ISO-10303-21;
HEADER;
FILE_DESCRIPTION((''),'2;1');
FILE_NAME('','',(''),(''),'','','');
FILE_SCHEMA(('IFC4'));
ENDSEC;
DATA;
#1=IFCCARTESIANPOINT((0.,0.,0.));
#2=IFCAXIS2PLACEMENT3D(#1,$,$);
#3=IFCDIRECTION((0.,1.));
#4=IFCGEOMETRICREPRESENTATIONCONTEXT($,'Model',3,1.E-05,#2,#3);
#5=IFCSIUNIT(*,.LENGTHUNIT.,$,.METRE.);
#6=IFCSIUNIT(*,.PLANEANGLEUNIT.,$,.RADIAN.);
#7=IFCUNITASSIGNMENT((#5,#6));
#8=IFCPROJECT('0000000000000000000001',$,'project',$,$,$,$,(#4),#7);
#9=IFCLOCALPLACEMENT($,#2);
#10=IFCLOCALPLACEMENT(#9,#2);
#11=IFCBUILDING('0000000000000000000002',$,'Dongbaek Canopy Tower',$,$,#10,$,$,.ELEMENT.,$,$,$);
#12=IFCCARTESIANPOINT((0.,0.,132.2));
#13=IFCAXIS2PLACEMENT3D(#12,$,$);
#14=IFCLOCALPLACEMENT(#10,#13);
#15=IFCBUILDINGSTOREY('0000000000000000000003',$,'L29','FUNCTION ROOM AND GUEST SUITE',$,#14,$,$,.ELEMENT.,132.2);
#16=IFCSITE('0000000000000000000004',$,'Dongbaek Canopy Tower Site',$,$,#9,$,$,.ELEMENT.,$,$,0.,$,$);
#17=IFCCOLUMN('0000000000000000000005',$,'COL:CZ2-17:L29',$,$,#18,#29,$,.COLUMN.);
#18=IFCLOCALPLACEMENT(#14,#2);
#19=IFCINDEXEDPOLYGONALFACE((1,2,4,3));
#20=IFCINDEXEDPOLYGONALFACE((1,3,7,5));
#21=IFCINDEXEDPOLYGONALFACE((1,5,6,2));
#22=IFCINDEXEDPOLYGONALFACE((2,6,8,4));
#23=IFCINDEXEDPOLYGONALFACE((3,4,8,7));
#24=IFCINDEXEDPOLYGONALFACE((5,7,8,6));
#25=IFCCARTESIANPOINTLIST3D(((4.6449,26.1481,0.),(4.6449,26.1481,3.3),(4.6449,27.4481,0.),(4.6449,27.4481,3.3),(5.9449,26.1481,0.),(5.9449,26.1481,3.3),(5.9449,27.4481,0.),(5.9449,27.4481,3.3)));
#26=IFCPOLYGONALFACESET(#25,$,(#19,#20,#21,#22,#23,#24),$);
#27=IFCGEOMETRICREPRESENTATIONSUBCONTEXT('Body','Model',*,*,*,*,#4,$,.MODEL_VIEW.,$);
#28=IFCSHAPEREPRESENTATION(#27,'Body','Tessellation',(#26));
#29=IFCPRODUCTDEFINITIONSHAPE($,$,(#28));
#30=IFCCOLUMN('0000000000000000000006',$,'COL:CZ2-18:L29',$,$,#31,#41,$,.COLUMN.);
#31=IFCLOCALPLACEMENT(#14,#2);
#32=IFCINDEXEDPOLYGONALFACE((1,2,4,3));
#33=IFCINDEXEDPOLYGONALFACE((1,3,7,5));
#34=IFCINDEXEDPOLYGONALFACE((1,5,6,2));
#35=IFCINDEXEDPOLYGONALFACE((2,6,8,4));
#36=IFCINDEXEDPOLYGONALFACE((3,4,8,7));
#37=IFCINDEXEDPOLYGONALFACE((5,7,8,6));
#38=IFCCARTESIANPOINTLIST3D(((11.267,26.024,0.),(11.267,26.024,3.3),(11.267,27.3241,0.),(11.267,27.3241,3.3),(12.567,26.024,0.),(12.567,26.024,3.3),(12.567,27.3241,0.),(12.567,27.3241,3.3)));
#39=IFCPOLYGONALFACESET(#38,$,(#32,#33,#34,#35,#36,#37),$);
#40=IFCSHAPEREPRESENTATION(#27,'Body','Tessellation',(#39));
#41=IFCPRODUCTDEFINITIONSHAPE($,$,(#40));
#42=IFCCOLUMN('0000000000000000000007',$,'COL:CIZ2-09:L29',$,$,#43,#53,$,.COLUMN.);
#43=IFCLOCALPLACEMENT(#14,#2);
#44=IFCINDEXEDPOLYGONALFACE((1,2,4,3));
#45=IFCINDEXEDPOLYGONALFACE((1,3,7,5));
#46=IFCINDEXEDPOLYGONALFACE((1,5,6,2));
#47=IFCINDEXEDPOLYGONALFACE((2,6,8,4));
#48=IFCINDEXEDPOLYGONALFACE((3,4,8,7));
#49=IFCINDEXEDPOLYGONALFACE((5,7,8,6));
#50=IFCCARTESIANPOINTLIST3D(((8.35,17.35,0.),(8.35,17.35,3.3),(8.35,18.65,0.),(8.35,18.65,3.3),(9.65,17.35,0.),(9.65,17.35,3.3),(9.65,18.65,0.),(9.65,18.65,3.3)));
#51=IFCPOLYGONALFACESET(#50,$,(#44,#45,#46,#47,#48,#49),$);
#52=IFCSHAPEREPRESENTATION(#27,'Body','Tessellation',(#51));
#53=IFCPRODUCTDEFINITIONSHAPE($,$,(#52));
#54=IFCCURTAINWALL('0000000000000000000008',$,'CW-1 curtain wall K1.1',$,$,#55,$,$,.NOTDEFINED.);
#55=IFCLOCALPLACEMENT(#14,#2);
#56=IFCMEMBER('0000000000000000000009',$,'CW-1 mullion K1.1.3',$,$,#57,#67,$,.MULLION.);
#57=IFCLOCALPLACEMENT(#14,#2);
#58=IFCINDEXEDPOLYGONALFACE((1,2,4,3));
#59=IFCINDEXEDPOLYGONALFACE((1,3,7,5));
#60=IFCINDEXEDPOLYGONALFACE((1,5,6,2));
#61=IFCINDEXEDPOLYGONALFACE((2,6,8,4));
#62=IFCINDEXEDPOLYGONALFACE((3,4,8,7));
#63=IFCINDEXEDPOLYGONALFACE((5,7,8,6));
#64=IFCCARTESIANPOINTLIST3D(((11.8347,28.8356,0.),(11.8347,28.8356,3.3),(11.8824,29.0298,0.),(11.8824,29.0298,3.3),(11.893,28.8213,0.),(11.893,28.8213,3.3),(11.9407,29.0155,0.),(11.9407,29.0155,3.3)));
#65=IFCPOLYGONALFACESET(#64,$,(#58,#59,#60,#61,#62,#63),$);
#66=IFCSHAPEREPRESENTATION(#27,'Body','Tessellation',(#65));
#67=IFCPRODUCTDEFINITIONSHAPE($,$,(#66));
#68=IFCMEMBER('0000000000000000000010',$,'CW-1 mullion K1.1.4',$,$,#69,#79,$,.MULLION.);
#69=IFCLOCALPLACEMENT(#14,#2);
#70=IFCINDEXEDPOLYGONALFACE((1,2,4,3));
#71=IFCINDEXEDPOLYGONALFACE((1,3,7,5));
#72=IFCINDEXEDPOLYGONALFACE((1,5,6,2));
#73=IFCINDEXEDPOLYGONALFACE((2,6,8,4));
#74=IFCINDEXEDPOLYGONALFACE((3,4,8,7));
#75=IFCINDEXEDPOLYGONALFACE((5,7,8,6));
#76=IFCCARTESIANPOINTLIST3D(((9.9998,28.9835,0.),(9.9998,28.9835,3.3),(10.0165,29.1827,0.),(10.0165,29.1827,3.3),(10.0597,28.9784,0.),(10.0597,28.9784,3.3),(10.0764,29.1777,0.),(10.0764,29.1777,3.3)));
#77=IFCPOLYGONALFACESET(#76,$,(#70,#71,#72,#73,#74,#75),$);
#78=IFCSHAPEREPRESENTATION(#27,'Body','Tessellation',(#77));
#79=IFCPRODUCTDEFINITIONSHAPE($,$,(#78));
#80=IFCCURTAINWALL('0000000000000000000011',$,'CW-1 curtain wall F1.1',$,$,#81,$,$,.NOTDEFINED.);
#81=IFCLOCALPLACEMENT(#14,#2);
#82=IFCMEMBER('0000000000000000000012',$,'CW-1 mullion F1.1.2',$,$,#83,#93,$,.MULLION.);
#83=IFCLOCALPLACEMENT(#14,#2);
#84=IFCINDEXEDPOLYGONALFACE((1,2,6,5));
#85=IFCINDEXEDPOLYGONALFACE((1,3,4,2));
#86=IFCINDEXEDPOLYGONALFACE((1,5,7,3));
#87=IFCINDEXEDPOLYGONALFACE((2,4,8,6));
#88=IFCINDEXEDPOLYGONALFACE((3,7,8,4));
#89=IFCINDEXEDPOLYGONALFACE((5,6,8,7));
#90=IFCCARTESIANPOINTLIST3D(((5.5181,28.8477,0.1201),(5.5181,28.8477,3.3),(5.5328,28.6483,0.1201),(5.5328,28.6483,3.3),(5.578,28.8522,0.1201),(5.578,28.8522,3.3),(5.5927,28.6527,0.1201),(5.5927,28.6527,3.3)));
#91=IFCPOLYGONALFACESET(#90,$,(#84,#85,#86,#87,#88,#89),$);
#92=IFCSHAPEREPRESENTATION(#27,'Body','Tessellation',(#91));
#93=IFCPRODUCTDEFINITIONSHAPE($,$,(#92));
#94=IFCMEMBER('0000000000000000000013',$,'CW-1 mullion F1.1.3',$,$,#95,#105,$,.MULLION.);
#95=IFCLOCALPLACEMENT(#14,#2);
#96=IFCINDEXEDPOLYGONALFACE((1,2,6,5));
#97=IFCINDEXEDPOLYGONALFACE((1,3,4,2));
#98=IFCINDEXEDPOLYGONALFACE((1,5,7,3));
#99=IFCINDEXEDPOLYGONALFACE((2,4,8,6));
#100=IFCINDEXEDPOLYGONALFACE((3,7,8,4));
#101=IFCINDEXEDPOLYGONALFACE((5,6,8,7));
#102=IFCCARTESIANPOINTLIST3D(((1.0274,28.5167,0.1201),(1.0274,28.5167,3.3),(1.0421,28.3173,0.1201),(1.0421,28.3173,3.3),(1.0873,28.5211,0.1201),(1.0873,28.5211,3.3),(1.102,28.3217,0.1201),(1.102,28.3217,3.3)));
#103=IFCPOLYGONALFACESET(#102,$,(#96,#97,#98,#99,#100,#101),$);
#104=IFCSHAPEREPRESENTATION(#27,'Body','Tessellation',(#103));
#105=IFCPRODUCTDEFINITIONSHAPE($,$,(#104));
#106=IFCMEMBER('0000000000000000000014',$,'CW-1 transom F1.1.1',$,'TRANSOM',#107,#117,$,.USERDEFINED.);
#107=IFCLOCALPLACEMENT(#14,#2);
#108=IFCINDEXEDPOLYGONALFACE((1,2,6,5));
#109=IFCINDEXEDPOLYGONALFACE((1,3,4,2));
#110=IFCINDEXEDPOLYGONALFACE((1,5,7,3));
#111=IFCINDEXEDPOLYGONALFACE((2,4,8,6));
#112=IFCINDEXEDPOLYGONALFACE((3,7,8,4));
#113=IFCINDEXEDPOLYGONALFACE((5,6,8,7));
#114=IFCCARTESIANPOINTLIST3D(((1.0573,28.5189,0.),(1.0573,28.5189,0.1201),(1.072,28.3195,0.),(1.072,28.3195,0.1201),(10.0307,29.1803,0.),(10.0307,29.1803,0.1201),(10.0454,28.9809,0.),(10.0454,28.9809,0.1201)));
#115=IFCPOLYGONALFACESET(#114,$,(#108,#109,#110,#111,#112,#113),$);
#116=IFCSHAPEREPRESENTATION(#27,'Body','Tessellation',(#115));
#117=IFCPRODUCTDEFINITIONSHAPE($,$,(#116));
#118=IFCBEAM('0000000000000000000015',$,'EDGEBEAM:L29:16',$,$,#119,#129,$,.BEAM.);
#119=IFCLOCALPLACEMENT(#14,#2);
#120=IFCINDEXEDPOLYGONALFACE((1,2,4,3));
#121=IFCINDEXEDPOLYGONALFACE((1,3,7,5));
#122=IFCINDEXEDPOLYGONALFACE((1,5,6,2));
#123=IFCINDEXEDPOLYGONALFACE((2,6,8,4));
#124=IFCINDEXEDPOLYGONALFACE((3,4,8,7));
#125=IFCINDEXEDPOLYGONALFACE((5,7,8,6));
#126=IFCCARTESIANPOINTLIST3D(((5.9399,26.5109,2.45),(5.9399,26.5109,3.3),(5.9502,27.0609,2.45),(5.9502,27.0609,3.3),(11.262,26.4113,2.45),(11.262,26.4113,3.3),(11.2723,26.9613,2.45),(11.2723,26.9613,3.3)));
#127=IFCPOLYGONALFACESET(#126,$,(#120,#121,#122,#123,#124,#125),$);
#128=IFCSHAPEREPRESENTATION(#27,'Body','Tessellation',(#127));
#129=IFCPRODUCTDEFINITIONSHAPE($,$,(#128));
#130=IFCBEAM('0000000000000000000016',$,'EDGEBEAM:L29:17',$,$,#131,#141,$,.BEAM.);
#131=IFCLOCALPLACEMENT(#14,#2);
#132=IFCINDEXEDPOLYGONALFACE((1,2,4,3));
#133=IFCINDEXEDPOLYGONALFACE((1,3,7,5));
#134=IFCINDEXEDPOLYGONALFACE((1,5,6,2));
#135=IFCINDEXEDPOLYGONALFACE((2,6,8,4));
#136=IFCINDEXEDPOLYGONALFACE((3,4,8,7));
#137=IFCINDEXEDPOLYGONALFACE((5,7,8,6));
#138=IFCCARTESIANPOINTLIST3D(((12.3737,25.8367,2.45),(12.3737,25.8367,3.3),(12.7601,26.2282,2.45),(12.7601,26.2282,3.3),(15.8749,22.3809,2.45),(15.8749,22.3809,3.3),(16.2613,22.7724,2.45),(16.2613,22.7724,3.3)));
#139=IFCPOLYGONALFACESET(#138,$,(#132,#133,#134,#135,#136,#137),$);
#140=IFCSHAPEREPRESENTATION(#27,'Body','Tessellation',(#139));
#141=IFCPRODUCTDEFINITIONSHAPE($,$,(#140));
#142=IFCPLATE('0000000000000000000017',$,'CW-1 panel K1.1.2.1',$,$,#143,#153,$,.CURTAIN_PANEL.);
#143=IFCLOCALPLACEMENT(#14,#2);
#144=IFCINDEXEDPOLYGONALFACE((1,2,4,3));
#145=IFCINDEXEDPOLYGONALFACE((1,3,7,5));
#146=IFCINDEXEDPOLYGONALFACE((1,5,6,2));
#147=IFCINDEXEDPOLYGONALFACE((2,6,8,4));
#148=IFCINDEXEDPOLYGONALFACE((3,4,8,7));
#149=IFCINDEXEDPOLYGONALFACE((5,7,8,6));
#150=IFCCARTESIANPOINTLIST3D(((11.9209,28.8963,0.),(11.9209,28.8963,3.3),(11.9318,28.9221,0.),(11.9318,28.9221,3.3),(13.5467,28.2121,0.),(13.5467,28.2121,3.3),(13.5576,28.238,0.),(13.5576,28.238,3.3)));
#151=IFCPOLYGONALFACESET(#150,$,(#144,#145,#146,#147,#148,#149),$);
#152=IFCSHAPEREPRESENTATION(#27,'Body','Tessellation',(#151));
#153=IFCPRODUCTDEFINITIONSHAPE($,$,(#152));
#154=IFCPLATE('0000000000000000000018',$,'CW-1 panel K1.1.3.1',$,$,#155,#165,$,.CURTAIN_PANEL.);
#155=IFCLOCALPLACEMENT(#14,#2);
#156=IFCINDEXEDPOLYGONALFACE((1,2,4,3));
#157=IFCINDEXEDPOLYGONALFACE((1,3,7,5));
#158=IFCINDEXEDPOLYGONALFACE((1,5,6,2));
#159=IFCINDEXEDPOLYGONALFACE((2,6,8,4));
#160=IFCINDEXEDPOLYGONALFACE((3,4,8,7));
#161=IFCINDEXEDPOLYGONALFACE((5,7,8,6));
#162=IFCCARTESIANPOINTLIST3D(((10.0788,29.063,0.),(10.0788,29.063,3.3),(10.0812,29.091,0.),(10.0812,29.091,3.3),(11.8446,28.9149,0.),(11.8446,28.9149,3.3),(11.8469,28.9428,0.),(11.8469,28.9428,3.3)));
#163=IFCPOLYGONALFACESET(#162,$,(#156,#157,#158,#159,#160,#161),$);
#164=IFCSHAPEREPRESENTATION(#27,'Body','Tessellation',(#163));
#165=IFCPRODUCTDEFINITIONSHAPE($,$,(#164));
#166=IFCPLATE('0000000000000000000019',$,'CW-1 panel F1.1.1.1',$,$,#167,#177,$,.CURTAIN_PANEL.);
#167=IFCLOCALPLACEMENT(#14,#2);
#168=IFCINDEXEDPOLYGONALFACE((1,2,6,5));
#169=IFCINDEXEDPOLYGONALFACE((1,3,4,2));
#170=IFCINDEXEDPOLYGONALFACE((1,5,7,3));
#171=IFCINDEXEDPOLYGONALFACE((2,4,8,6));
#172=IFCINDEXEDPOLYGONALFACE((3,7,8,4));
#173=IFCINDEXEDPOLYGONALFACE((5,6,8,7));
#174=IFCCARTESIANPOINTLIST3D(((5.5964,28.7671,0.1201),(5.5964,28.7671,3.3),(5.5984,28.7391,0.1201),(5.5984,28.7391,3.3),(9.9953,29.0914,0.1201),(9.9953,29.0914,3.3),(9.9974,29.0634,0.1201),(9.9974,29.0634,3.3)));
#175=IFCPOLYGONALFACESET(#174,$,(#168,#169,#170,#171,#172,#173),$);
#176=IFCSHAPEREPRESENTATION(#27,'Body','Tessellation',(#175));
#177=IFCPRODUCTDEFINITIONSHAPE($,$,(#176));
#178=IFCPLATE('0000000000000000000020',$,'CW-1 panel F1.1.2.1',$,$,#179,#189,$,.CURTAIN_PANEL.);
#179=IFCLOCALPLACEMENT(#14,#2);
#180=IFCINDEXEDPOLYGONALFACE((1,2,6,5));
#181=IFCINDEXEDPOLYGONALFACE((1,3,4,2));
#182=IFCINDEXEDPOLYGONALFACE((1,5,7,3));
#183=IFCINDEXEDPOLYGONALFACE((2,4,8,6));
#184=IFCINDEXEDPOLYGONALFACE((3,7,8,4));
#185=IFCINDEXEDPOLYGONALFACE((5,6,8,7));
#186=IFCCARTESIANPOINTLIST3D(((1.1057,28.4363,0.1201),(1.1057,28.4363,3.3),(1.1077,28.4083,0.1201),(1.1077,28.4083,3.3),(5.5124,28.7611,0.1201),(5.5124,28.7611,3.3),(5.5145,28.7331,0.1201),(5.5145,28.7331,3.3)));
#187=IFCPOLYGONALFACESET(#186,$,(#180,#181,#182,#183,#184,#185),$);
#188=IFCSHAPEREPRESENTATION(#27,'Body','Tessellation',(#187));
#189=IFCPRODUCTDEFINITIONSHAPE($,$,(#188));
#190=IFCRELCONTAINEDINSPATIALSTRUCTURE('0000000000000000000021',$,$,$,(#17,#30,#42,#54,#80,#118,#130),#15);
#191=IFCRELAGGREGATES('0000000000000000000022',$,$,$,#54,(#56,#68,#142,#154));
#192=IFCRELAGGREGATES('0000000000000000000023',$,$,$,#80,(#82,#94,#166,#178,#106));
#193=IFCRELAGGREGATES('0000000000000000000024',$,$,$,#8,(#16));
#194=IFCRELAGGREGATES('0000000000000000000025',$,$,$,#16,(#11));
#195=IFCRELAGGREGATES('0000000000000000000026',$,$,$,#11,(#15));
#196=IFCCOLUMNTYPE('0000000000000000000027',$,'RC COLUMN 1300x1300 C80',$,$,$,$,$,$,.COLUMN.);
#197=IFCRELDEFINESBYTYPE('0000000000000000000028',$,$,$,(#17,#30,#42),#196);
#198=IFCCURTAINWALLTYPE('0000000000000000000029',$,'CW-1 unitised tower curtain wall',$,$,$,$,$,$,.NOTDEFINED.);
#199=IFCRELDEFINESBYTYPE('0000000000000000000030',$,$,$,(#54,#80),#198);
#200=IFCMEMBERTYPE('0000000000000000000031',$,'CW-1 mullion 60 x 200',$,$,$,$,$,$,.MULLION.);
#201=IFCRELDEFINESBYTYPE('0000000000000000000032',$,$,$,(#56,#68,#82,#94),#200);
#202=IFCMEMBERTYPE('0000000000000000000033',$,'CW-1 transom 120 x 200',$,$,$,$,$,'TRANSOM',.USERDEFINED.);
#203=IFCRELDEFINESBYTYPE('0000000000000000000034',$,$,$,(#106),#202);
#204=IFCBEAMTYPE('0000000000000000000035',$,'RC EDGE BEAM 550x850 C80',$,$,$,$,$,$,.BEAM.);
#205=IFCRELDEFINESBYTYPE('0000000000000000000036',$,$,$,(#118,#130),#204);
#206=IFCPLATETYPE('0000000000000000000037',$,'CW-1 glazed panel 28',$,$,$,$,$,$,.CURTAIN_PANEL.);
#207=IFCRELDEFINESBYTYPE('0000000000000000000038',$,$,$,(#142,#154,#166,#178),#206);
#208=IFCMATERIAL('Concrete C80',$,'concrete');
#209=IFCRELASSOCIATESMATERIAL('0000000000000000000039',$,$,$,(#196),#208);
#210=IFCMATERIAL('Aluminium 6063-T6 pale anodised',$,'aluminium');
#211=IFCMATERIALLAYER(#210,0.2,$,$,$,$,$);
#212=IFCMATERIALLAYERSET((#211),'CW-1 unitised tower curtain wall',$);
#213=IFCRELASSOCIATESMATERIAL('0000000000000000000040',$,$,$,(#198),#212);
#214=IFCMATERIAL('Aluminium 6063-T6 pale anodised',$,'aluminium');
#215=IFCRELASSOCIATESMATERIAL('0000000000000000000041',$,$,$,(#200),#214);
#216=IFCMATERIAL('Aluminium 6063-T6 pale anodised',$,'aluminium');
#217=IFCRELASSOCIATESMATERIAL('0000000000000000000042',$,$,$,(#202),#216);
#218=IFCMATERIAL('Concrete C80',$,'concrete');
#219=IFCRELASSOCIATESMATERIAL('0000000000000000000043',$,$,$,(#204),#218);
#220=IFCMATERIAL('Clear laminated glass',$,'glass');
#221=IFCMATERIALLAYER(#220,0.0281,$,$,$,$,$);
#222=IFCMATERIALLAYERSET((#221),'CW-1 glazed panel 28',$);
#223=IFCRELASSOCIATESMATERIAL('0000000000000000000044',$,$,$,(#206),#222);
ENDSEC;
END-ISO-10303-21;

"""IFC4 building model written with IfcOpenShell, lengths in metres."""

from ifc_helpers import new_model, si_unit, direction, frame, origin, origin_2d, place, context, subcontext, project, spatial, rectangle, extrude, material, layer, layer_set, material_profile, profile_set, type_object, element, aggregate, save


model = new_model("IFC4")

# Units and contexts
model_context = context("Model", 3, precision=1e-05, world=origin(), true_north=direction((0.0, 1.0)))
body_context = subcontext(model_context, "Body", "Model", "MODEL_VIEW")
ifc_project = project(units=[si_unit("LENGTHUNIT", "METRE"), si_unit("PLANEANGLEUNIT", "RADIAN")], contexts=[model_context])

# Site, building, storey
site_placement = place(None, origin())
site = spatial("IfcSite", under=ifc_project, at=site_placement, Name="Dongbaek Canopy Tower Site", CompositionType="ELEMENT", RefElevation=0.0)
building_placement = place(site_placement, origin())
building = spatial("IfcBuilding", under=site, at=building_placement, Name="Dongbaek Canopy Tower", CompositionType="ELEMENT")
storey_placement = place(building_placement, frame((0.0, 0.0, 132.2)))
storey = spatial("IfcBuildingStorey", under=building, at=storey_placement, Name="L29", Description="FUNCTION ROOM AND GUEST SUITE", CompositionType="ELEMENT", Elevation=132.2)

# Columns
ifc_material_1 = material(Name="Concrete C80", Category="concrete")
ifc_material_profile_1 = material_profile(ifc_material_1, rectangle(XDim=1.3, YDim=1.3, at=origin_2d()), Name="RC COLUMN 1300x1300 C80")
ifc_profile_set_1 = profile_set([ifc_material_profile_1], Name="Concrete C80")
column_type = type_object("IfcColumnType", Name="RC COLUMN 1300x1300 C80", PredefinedType="COLUMN", material=ifc_profile_set_1)
for number, where, z_axis, x_axis, name in (
    (1, (5.2949, 26.7981, 0.0), (0.0, 0.0, 1.0), (1.0, 0.0, 0.0), "COL:CZ2-17:L29"),
    (2, (11.917, 26.6741, 0.0), (0.0, 0.0, 1.0), (1.0, 0.0, 0.0), "COL:CZ2-18:L29"),
    (3, (9.0, 18.0, 0.0), (0.0, 0.0, 1.0), (1.0, 0.0, 0.0), "COL:CIZ2-09:L29"),
):
    element("IfcColumn", number, at=place(storey_placement, frame(where, z_axis=z_axis, x_axis=x_axis)), inside=storey, type_object=column_type, Name=name, PredefinedType="COLUMN", context=body_context, shape_type="SweptSolid", body=[
        extrude(rectangle(XDim=1.3, YDim=1.3, at=origin_2d()), origin(), (0.0, 0.0, 1.0), 3.3),
    ])

# Curtain walls, members
ifc_material_2 = material(Name="Aluminium 6063-T6 pale anodised", Category="aluminium")
ifc_layer_1 = layer(ifc_material_2, 0.2)
ifc_layer_set_1 = layer_set([ifc_layer_1], Name="CW-1 unitised tower curtain wall")
curtain_wall_type = type_object("IfcCurtainWallType", Name="CW-1 unitised tower curtain wall", PredefinedType="NOTDEFINED", material=ifc_layer_set_1)
curtain_wall_1_placement = place(storey_placement, origin())
curtain_wall_1 = element("IfcCurtainWall", 4, at=curtain_wall_1_placement, inside=storey, type_object=curtain_wall_type, Name="CW-1 curtain wall K1.1", PredefinedType="NOTDEFINED")
ifc_material_3 = material(Name="Aluminium 6063-T6 pale anodised", Category="aluminium")
ifc_material_profile_2 = material_profile(ifc_material_3, rectangle(XDim=0.2, YDim=0.0601, at=origin_2d()), Name="CW-1 mullion 60 x 200")
ifc_profile_set_2 = profile_set([ifc_material_profile_2], Name="Aluminium 6063-T6 pale anodised")
member_type_1 = type_object("IfcMemberType", Name="CW-1 mullion 60 x 200", PredefinedType="MULLION", material=ifc_profile_set_2)
member_1_placement = place(storey_placement, frame((11.8877, 28.9255, 0.0), z_axis=(0.0, 0.0, 1.0), x_axis=(0.238674, 0.9711, 0.0)))
member_1 = element("IfcMember", 5, at=member_1_placement, type_object=member_type_1, Name="CW-1 mullion K1.1.3", PredefinedType="MULLION", context=body_context, shape_type="SweptSolid", body=[
    extrude(rectangle(XDim=0.2, YDim=0.0601, at=origin_2d()), origin(), (0.0, 0.0, 1.0), 3.3),
])
member_2_placement = place(storey_placement, frame((10.0381, 29.0806, 0.0), z_axis=(0.0, 0.0, 1.0), x_axis=(0.08361, 0.996499, 0.0)))
member_2 = element("IfcMember", 6, at=member_2_placement, type_object=member_type_1, Name="CW-1 mullion K1.1.4", PredefinedType="MULLION", context=body_context, shape_type="SweptSolid", body=[
    extrude(rectangle(XDim=0.2, YDim=0.0601, at=origin_2d()), origin(), (0.0, 0.0, 1.0), 3.3),
])
curtain_wall_2_placement = place(storey_placement, origin())
curtain_wall_2 = element("IfcCurtainWall", 7, at=curtain_wall_2_placement, inside=storey, type_object=curtain_wall_type, Name="CW-1 curtain wall F1.1", PredefinedType="NOTDEFINED")
member_3_placement = place(storey_placement, frame((5.5554, 28.7502, 0.1201), z_axis=(0.0, 0.0, 1.0), x_axis=(-0.073519, 0.997294, 0.0)))
member_3 = element("IfcMember", 8, at=member_3_placement, type_object=member_type_1, Name="CW-1 mullion F1.1.2", PredefinedType="MULLION", context=body_context, shape_type="SweptSolid", body=[
    extrude(rectangle(XDim=0.2, YDim=0.0601, at=origin_2d()), origin(), (0.0, 0.0, 1.0), 3.1799),
])
member_4_placement = place(storey_placement, frame((1.0647, 28.4192, 0.1201), z_axis=(0.0, 0.0, 1.0), x_axis=(-0.073519, 0.997294, 0.0)))
member_4 = element("IfcMember", 9, at=member_4_placement, type_object=member_type_1, Name="CW-1 mullion F1.1.3", PredefinedType="MULLION", context=body_context, shape_type="SweptSolid", body=[
    extrude(rectangle(XDim=0.2, YDim=0.0601, at=origin_2d()), origin(), (0.0, 0.0, 1.0), 3.1799),
])
ifc_material_4 = material(Name="Aluminium 6063-T6 pale anodised", Category="aluminium")
ifc_material_profile_3 = material_profile(ifc_material_4, rectangle(XDim=0.2, YDim=0.1201, at=origin_2d()), Name="CW-1 transom 120 x 200")
ifc_profile_set_3 = profile_set([ifc_material_profile_3], Name="Aluminium 6063-T6 pale anodised")
member_type_2 = type_object("IfcMemberType", Name="CW-1 transom 120 x 200", ElementType="TRANSOM", PredefinedType="USERDEFINED", material=ifc_profile_set_3)
member_5_placement = place(storey_placement, frame((10.0381, 29.0806, 0.0601), z_axis=(-0.997295, -0.073505, 0.0), x_axis=(0.073505, -0.997295, 0.0)))
member_5 = element("IfcMember", 10, at=member_5_placement, type_object=member_type_2, Name="CW-1 transom F1.1.1", ObjectType="TRANSOM", PredefinedType="USERDEFINED", context=body_context, shape_type="SweptSolid", body=[
    extrude(rectangle(XDim=0.2, YDim=0.1201, at=origin_2d()), origin(), (0.0, 0.0, 1.0), 8.9978),
])

# Beams
ifc_material_5 = material(Name="Concrete C80", Category="concrete")
ifc_material_profile_4 = material_profile(ifc_material_5, rectangle(XDim=0.55, YDim=0.8501, at=origin_2d()), Name="RC EDGE BEAM 550x850 C80")
ifc_profile_set_4 = profile_set([ifc_material_profile_4], Name="Concrete C80")
beam_type = type_object("IfcBeamType", Name="RC EDGE BEAM 550x850 C80", PredefinedType="BEAM", material=ifc_profile_set_4)
beam_1_placement = place(storey_placement, frame((5.9451, 26.7859, 2.875), z_axis=(0.999825, -0.018713, 0.0), x_axis=(0.018713, 0.999825, 0.0)))
element("IfcBeam", 11, at=beam_1_placement, inside=storey, type_object=beam_type, Name="EDGEBEAM:L29:16", PredefinedType="BEAM", context=body_context, shape_type="SweptSolid", body=[
    extrude(rectangle(XDim=0.55, YDim=0.8501, at=origin_2d()), origin(), (0.0, 0.0, 1.0), 5.323),
])
beam_2_placement = place(storey_placement, frame((12.5669, 26.0325, 2.875), z_axis=(0.711707, -0.702476, 0.0), x_axis=(0.702476, 0.711707, 0.0)))
element("IfcBeam", 12, at=beam_2_placement, inside=storey, type_object=beam_type, Name="EDGEBEAM:L29:17", PredefinedType="BEAM", context=body_context, shape_type="SweptSolid", body=[
    extrude(rectangle(XDim=0.55, YDim=0.8501, at=origin_2d()), origin(), (0.0, 0.0, 1.0), 4.9194),
])

# Plates
ifc_material_6 = material(Name="Clear laminated glass", Category="glass")
ifc_layer_2 = layer(ifc_material_6, 0.0281)
ifc_layer_set_2 = layer_set([ifc_layer_2], Name="CW-1 glazed panel 28")
plate_type = type_object("IfcPlateType", Name="CW-1 glazed panel 28", PredefinedType="CURTAIN_PANEL", material=ifc_layer_set_2)
plate_1_placement = place(storey_placement, frame((12.7393, 28.5671, 0.0), z_axis=(0.0, 0.0, 1.0), x_axis=(-0.921724, 0.387845, 0.0)))
plate_1 = element("IfcPlate", 13, at=plate_1_placement, type_object=plate_type, Name="CW-1 panel K1.1.2.1", PredefinedType="CURTAIN_PANEL", context=body_context, shape_type="SweptSolid", body=[
    extrude(rectangle(XDim=1.7639, YDim=0.0281, at=origin_2d()), origin(), (0.0, 0.0, 1.0), 3.3),
])
plate_2_placement = place(storey_placement, frame((10.9629, 29.0029, 0.0), z_axis=(0.0, 0.0, 1.0), x_axis=(-0.996499, 0.08361, 0.0)))
plate_2 = element("IfcPlate", 14, at=plate_2_placement, type_object=plate_type, Name="CW-1 panel K1.1.3.1", PredefinedType="CURTAIN_PANEL", context=body_context, shape_type="SweptSolid", body=[
    extrude(rectangle(XDim=1.772, YDim=0.0281, at=origin_2d()), origin(), (0.0, 0.0, 1.0), 3.3),
])
aggregate(curtain_wall_1, [member_1, member_2, plate_1, plate_2])
plate_3_placement = place(storey_placement, frame((7.7969, 28.9153, 0.1201), z_axis=(0.0, 0.0, 1.0), x_axis=(-0.997294, -0.073519, 0.0)))
plate_3 = element("IfcPlate", 15, at=plate_3_placement, type_object=plate_type, Name="CW-1 panel F1.1.1.1", PredefinedType="CURTAIN_PANEL", context=body_context, shape_type="SweptSolid", body=[
    extrude(rectangle(XDim=4.4109, YDim=0.0281, at=origin_2d()), origin(), (0.0, 0.0, 1.0), 3.1799),
])
plate_4_placement = place(storey_placement, frame((3.3101, 28.5847, 0.1201), z_axis=(0.0, 0.0, 1.0), x_axis=(-0.997294, -0.073519, 0.0)))
plate_4 = element("IfcPlate", 16, at=plate_4_placement, type_object=plate_type, Name="CW-1 panel F1.1.2.1", PredefinedType="CURTAIN_PANEL", context=body_context, shape_type="SweptSolid", body=[
    extrude(rectangle(XDim=4.4187, YDim=0.0281, at=origin_2d()), origin(), (0.0, 0.0, 1.0), 3.1799),
])

aggregate(curtain_wall_2, [member_3, member_4, plate_3, plate_4, member_5])

save(model, "model.ifc")
